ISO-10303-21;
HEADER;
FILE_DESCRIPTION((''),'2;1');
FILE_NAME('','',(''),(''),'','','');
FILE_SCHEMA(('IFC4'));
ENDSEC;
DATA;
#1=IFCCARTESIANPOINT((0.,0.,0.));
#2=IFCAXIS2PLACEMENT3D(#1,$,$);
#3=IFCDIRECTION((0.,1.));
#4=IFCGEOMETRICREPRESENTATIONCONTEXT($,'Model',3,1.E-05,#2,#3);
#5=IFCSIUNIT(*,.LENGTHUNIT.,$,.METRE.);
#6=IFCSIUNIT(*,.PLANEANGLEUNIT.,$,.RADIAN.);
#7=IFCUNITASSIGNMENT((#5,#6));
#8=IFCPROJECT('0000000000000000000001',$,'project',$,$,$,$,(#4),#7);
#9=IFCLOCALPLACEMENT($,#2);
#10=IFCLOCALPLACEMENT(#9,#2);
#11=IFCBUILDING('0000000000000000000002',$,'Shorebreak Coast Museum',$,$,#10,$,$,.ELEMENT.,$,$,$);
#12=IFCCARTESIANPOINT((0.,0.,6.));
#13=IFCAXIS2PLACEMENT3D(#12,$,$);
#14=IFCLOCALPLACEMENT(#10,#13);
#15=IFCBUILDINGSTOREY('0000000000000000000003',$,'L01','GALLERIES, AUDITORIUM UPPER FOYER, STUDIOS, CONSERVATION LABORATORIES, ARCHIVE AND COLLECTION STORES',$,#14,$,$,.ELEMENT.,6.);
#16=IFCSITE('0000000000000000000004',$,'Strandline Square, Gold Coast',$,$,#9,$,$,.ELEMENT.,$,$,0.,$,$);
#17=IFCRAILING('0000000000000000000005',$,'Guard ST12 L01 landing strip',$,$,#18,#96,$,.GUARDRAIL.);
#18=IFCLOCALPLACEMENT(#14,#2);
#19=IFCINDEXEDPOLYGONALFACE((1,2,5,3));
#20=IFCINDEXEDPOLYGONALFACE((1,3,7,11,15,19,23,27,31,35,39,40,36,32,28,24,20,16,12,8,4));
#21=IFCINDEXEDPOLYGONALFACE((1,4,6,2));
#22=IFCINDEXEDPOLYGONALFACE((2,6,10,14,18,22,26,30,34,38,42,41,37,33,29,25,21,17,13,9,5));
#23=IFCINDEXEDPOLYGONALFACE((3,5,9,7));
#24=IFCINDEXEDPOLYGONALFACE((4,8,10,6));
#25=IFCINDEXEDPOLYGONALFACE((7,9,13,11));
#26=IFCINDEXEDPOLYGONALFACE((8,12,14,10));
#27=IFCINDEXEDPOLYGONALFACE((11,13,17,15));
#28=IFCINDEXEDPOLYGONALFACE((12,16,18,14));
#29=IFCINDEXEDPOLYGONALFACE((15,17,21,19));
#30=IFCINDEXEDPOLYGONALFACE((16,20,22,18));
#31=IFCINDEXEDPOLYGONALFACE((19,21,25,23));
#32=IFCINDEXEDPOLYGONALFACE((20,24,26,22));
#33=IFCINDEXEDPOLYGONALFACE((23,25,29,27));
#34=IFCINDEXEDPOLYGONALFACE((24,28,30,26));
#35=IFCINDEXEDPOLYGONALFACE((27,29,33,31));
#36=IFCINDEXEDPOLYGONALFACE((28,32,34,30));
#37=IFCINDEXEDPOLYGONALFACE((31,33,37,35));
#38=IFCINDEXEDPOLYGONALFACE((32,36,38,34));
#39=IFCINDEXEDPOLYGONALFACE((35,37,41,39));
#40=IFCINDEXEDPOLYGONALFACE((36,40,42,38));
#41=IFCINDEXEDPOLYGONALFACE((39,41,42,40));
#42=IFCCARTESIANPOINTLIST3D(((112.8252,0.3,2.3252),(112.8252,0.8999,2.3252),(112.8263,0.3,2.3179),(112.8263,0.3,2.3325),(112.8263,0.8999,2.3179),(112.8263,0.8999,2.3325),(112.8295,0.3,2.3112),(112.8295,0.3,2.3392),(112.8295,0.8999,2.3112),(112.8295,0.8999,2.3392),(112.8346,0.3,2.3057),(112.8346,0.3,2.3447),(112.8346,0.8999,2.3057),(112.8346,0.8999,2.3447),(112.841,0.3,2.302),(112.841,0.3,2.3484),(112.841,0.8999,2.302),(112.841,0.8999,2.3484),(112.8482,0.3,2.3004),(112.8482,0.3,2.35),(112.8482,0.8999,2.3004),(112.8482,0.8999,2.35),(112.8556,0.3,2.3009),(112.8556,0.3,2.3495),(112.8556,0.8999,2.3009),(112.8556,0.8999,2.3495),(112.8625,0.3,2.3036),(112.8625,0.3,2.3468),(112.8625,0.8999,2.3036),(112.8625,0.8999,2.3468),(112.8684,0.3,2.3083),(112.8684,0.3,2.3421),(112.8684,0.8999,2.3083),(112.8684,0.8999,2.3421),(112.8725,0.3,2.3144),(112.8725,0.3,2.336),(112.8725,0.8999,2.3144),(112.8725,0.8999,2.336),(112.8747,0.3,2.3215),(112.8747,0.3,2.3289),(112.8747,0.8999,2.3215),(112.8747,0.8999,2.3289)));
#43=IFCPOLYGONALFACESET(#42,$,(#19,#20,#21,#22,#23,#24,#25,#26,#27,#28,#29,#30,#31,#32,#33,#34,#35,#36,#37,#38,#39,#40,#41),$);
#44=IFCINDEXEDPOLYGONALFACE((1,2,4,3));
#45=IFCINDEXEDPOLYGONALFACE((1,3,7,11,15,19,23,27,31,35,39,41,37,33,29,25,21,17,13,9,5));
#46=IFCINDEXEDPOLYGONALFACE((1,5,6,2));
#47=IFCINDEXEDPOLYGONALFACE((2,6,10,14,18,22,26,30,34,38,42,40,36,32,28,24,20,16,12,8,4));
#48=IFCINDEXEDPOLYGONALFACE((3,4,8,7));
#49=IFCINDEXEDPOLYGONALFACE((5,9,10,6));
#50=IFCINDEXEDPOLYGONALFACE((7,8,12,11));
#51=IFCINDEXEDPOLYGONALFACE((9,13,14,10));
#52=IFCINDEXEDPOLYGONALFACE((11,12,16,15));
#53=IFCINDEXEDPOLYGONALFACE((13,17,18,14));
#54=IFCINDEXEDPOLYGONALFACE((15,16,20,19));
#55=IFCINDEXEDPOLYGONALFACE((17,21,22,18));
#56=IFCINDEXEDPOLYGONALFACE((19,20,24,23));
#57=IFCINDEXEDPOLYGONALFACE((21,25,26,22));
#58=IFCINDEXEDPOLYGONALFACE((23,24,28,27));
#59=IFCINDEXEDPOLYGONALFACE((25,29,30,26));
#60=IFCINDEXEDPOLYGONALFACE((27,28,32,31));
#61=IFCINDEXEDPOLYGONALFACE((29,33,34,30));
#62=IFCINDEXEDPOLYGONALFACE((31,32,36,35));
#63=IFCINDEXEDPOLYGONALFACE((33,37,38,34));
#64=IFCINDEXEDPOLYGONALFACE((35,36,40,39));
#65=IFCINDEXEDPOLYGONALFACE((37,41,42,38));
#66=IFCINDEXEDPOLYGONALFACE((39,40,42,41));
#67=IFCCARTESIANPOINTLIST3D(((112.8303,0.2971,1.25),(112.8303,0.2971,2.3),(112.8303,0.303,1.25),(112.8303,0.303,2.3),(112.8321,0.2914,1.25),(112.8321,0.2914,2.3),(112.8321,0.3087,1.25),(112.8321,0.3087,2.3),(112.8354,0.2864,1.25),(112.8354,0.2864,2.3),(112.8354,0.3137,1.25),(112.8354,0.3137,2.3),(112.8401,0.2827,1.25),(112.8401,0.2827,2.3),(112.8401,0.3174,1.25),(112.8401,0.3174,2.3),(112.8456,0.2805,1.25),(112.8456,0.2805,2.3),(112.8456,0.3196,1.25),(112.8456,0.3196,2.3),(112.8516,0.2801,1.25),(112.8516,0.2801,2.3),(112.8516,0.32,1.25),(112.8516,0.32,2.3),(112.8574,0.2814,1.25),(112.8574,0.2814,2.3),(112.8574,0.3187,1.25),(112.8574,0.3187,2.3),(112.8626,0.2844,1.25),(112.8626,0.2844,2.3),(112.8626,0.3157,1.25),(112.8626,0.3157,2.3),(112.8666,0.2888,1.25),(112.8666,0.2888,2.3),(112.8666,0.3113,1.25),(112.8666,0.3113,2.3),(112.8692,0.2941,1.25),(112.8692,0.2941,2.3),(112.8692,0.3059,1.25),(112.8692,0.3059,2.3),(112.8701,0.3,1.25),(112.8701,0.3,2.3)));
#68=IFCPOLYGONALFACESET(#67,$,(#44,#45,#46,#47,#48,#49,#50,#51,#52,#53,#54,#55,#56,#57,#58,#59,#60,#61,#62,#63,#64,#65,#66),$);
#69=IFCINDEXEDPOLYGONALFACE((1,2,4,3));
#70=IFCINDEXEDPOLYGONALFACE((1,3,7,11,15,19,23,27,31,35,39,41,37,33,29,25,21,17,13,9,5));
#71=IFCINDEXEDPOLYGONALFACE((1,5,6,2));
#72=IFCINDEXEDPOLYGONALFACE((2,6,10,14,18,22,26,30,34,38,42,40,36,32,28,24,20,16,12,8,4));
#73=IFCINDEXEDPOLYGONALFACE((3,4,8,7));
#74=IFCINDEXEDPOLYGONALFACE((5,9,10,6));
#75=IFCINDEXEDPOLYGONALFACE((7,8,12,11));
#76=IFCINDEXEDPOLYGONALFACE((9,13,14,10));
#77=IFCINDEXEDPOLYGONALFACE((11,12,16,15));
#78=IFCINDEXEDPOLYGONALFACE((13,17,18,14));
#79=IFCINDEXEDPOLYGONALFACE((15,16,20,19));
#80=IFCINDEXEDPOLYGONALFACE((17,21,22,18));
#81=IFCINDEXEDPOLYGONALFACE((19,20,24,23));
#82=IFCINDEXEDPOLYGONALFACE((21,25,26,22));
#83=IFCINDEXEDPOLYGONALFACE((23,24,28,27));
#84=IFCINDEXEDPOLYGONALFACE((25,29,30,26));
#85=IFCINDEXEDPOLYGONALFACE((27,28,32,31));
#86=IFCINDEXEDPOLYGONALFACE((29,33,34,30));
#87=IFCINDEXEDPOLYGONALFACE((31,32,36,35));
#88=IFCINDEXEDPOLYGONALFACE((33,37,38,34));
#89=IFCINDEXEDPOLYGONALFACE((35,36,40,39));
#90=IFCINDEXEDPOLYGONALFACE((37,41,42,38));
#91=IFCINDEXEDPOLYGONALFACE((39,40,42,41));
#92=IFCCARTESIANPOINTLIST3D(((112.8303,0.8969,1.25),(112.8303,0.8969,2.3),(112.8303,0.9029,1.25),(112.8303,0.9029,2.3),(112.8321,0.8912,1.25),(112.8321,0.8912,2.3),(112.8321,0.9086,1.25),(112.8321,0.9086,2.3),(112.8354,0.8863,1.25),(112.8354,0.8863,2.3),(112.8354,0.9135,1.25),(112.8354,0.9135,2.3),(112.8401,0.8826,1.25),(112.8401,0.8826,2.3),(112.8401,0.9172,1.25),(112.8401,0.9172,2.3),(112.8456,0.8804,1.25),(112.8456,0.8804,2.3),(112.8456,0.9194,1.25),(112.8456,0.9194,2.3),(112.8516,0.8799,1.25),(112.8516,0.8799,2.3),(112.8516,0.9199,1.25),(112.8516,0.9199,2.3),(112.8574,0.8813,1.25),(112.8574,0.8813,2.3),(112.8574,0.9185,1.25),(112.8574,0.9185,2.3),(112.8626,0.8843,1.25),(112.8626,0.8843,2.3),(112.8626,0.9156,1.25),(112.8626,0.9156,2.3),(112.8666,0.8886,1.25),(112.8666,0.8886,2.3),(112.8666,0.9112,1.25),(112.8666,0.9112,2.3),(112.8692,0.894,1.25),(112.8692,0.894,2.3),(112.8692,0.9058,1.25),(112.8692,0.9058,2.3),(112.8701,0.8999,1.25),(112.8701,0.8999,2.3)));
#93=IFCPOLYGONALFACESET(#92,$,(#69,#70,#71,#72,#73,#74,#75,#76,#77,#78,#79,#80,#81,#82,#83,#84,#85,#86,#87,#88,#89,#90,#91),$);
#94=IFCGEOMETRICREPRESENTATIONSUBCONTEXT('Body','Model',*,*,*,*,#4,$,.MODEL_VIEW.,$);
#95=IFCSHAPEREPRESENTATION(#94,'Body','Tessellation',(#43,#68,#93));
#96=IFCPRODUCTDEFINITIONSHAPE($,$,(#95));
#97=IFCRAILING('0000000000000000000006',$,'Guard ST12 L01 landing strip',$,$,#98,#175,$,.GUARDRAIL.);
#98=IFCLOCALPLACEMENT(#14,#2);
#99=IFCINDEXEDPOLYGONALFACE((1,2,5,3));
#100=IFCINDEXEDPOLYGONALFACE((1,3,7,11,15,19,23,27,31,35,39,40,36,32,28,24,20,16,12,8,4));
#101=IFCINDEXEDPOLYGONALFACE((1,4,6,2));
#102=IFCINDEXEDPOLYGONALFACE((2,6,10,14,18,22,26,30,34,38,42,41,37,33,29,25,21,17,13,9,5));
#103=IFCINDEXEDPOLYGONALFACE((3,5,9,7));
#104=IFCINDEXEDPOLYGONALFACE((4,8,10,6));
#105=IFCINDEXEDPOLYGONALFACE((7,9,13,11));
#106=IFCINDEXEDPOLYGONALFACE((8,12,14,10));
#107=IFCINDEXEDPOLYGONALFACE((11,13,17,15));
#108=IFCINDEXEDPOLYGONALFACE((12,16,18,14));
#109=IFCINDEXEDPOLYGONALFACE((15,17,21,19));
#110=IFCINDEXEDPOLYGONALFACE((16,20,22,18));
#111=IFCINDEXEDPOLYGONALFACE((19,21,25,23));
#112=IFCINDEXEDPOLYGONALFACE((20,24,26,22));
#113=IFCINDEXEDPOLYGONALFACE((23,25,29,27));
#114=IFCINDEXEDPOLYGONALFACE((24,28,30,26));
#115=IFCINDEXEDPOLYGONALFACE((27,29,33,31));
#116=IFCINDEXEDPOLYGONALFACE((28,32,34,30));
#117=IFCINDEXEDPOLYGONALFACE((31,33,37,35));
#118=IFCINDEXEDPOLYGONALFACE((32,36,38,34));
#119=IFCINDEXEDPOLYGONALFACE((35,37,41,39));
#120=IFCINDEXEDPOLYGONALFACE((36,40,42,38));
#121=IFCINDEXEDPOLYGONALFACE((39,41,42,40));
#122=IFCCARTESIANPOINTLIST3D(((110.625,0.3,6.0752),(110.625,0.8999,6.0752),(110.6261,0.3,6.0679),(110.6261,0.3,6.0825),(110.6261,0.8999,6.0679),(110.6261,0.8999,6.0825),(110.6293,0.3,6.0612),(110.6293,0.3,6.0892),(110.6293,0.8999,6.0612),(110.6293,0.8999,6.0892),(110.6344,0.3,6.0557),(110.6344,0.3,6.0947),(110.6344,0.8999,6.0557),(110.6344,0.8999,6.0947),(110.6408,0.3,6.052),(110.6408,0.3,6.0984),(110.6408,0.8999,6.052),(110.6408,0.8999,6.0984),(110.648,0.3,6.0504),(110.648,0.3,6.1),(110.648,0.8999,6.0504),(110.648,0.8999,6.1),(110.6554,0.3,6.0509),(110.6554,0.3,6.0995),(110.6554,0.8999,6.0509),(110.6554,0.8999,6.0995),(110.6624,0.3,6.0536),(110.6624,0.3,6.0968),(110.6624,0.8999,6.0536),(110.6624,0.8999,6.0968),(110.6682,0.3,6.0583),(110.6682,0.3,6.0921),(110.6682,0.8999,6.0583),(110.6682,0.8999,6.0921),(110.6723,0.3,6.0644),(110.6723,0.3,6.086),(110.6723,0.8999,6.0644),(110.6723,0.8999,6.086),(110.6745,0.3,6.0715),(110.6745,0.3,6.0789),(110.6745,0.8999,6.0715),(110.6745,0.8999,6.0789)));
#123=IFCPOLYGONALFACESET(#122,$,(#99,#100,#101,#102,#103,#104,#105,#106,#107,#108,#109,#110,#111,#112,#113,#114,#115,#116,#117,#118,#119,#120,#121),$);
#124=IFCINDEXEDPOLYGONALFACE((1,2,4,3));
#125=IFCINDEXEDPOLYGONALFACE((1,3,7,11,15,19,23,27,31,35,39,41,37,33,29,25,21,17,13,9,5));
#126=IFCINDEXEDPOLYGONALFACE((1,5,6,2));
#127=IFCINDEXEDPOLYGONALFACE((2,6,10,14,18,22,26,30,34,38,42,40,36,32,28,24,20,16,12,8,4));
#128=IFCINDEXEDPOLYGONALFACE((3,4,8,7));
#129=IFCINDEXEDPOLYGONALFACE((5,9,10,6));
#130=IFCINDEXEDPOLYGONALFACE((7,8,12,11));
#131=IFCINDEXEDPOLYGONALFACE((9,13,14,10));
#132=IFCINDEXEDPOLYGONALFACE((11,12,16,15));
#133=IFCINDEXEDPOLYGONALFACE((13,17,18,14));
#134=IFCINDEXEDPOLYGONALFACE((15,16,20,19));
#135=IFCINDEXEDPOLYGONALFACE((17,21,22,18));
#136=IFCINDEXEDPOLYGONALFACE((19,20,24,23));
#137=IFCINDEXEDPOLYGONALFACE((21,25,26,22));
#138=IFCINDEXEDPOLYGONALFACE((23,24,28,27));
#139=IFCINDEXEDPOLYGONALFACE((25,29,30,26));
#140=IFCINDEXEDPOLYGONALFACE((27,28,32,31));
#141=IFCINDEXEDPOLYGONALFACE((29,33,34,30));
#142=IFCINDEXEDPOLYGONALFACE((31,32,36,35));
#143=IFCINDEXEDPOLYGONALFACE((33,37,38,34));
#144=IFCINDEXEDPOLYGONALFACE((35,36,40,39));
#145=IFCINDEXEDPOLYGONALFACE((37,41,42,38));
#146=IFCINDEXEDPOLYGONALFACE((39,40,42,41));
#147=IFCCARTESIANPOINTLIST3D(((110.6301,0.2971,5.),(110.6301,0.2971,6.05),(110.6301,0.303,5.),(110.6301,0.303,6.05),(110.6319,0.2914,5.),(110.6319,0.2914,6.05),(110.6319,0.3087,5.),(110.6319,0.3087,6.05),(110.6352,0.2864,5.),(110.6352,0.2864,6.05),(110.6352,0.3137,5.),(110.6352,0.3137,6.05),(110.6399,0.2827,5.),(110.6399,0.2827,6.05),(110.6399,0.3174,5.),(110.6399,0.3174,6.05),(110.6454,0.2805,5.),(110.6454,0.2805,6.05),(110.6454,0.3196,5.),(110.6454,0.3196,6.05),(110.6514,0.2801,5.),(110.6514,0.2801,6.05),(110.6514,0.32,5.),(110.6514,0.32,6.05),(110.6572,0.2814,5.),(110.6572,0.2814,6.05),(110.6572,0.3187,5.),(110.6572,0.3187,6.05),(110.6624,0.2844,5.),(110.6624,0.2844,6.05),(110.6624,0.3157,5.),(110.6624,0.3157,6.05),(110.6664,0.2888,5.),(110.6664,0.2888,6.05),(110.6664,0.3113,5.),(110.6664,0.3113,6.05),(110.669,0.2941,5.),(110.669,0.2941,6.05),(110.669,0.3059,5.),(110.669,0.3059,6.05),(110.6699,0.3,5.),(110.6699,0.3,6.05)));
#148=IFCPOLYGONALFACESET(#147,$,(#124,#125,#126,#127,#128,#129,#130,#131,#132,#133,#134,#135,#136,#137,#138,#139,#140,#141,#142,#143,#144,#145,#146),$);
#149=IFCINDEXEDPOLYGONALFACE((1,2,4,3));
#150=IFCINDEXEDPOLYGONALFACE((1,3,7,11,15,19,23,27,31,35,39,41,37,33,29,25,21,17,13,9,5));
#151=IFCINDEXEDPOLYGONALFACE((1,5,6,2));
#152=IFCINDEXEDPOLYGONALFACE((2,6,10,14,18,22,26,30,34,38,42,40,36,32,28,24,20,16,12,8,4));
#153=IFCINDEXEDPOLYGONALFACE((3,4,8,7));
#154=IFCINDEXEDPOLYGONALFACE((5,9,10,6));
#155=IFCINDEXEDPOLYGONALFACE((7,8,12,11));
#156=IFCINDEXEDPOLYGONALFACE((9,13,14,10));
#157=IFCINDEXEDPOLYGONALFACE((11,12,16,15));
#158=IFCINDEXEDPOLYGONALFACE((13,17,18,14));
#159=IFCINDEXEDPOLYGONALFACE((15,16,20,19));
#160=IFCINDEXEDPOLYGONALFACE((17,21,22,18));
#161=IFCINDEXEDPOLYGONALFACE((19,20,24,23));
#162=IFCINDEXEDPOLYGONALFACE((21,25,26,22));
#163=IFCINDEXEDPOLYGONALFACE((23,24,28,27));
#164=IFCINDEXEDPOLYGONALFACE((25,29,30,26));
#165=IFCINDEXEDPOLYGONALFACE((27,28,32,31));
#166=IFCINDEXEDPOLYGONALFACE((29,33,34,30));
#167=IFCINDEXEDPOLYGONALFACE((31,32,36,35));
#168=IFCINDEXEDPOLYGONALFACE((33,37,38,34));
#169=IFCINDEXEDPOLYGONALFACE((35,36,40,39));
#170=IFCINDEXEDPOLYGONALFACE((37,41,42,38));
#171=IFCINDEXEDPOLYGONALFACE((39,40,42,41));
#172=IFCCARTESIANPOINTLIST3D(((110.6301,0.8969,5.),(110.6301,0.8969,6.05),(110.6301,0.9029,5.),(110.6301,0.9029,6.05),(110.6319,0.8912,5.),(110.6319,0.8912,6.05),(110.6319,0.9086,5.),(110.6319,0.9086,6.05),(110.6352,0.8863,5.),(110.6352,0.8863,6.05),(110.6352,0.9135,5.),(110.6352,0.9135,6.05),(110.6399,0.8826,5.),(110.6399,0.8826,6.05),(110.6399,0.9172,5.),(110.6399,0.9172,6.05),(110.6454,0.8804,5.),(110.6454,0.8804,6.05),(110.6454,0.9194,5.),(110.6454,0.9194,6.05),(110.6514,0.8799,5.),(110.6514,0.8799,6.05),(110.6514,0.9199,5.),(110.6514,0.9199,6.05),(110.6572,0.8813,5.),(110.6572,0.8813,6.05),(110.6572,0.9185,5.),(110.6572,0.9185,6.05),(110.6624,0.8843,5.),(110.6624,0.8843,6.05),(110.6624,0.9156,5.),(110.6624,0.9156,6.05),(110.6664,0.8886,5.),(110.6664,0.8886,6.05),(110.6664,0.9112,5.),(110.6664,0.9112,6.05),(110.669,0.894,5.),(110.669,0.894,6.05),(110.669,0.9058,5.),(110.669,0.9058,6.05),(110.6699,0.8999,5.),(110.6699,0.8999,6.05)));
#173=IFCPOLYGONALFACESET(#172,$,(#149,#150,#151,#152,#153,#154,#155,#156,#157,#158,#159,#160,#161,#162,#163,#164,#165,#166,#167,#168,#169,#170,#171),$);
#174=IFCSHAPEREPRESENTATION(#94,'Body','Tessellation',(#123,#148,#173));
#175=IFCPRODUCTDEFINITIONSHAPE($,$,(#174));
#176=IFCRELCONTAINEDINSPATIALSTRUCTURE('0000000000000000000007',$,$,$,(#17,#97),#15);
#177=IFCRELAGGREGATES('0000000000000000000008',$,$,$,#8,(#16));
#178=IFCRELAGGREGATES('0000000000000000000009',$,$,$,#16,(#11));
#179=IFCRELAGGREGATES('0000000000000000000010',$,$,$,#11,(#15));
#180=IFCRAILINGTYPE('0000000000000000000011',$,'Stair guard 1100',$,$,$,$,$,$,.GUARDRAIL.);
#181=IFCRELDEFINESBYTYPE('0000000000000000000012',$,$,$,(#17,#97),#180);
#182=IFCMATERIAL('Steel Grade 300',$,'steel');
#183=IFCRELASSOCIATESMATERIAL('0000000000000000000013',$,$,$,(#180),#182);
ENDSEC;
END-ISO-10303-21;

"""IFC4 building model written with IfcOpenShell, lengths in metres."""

from ifc_helpers import new_model, si_unit, direction, frame, origin, origin_2d, place, context, subcontext, project, spatial, circle, extrude, material, type_object, element, save


model = new_model("IFC4")

# Units and contexts
model_context = context("Model", 3, precision=1e-05, world=origin(), true_north=direction((0.0, 1.0)))
body_context = subcontext(model_context, "Body", "Model", "MODEL_VIEW")
ifc_project = project(units=[si_unit("LENGTHUNIT", "METRE"), si_unit("PLANEANGLEUNIT", "RADIAN")], contexts=[model_context])

# Site, building, storey
site_placement = place(None, origin())
site = spatial("IfcSite", under=ifc_project, at=site_placement, Name="Strandline Square, Gold Coast", CompositionType="ELEMENT", RefElevation=0.0)
building_placement = place(site_placement, origin())
building = spatial("IfcBuilding", under=site, at=building_placement, Name="Shorebreak Coast Museum", CompositionType="ELEMENT")
storey_placement = place(building_placement, frame((0.0, 0.0, 6.0)))
storey = spatial("IfcBuildingStorey", under=building, at=storey_placement, Name="L01", Description="GALLERIES, AUDITORIUM UPPER FOYER, STUDIOS, CONSERVATION LABORATORIES, ARCHIVE AND COLLECTION STORES", CompositionType="ELEMENT", Elevation=6.0)

# Railings
ifc_material_1 = material(Name="Steel Grade 300", Category="steel")
railing_type_1 = type_object("IfcRailingType", Name="Stair guard 1100", PredefinedType="GUARDRAIL", material=ifc_material_1)
for number, where, name in (
    (1, (112.8501, 0.3, 1.25), "Guard ST12 L01 landing strip"),
    (2, (110.6499, 0.3, 5.0), "Guard ST12 L01 landing strip"),
):
    element("IfcRailing", number, at=place(storey_placement, frame(where)), inside=storey, type_object=railing_type_1, Name=name, PredefinedType="GUARDRAIL", context=body_context, shape_type="SweptSolid", body=[
        extrude(circle(Radius=0.0249, at=origin_2d()), frame((0.0, 0.0, 1.0752), z_axis=(0.0, 1.0, 0.0), x_axis=(-1.0, 0.0, 0.0)), (0.0, 0.0, 1.0), 0.5999),
        extrude(circle(Radius=0.02, at=origin_2d()), origin(), (0.0, 0.0, 1.0), 1.05),
        extrude(circle(Radius=0.02, at=origin_2d()), frame((0.0, 0.5999, 0.0)), (0.0, 0.0, 1.0), 1.05),
    ])

save(model, "model.ifc")
